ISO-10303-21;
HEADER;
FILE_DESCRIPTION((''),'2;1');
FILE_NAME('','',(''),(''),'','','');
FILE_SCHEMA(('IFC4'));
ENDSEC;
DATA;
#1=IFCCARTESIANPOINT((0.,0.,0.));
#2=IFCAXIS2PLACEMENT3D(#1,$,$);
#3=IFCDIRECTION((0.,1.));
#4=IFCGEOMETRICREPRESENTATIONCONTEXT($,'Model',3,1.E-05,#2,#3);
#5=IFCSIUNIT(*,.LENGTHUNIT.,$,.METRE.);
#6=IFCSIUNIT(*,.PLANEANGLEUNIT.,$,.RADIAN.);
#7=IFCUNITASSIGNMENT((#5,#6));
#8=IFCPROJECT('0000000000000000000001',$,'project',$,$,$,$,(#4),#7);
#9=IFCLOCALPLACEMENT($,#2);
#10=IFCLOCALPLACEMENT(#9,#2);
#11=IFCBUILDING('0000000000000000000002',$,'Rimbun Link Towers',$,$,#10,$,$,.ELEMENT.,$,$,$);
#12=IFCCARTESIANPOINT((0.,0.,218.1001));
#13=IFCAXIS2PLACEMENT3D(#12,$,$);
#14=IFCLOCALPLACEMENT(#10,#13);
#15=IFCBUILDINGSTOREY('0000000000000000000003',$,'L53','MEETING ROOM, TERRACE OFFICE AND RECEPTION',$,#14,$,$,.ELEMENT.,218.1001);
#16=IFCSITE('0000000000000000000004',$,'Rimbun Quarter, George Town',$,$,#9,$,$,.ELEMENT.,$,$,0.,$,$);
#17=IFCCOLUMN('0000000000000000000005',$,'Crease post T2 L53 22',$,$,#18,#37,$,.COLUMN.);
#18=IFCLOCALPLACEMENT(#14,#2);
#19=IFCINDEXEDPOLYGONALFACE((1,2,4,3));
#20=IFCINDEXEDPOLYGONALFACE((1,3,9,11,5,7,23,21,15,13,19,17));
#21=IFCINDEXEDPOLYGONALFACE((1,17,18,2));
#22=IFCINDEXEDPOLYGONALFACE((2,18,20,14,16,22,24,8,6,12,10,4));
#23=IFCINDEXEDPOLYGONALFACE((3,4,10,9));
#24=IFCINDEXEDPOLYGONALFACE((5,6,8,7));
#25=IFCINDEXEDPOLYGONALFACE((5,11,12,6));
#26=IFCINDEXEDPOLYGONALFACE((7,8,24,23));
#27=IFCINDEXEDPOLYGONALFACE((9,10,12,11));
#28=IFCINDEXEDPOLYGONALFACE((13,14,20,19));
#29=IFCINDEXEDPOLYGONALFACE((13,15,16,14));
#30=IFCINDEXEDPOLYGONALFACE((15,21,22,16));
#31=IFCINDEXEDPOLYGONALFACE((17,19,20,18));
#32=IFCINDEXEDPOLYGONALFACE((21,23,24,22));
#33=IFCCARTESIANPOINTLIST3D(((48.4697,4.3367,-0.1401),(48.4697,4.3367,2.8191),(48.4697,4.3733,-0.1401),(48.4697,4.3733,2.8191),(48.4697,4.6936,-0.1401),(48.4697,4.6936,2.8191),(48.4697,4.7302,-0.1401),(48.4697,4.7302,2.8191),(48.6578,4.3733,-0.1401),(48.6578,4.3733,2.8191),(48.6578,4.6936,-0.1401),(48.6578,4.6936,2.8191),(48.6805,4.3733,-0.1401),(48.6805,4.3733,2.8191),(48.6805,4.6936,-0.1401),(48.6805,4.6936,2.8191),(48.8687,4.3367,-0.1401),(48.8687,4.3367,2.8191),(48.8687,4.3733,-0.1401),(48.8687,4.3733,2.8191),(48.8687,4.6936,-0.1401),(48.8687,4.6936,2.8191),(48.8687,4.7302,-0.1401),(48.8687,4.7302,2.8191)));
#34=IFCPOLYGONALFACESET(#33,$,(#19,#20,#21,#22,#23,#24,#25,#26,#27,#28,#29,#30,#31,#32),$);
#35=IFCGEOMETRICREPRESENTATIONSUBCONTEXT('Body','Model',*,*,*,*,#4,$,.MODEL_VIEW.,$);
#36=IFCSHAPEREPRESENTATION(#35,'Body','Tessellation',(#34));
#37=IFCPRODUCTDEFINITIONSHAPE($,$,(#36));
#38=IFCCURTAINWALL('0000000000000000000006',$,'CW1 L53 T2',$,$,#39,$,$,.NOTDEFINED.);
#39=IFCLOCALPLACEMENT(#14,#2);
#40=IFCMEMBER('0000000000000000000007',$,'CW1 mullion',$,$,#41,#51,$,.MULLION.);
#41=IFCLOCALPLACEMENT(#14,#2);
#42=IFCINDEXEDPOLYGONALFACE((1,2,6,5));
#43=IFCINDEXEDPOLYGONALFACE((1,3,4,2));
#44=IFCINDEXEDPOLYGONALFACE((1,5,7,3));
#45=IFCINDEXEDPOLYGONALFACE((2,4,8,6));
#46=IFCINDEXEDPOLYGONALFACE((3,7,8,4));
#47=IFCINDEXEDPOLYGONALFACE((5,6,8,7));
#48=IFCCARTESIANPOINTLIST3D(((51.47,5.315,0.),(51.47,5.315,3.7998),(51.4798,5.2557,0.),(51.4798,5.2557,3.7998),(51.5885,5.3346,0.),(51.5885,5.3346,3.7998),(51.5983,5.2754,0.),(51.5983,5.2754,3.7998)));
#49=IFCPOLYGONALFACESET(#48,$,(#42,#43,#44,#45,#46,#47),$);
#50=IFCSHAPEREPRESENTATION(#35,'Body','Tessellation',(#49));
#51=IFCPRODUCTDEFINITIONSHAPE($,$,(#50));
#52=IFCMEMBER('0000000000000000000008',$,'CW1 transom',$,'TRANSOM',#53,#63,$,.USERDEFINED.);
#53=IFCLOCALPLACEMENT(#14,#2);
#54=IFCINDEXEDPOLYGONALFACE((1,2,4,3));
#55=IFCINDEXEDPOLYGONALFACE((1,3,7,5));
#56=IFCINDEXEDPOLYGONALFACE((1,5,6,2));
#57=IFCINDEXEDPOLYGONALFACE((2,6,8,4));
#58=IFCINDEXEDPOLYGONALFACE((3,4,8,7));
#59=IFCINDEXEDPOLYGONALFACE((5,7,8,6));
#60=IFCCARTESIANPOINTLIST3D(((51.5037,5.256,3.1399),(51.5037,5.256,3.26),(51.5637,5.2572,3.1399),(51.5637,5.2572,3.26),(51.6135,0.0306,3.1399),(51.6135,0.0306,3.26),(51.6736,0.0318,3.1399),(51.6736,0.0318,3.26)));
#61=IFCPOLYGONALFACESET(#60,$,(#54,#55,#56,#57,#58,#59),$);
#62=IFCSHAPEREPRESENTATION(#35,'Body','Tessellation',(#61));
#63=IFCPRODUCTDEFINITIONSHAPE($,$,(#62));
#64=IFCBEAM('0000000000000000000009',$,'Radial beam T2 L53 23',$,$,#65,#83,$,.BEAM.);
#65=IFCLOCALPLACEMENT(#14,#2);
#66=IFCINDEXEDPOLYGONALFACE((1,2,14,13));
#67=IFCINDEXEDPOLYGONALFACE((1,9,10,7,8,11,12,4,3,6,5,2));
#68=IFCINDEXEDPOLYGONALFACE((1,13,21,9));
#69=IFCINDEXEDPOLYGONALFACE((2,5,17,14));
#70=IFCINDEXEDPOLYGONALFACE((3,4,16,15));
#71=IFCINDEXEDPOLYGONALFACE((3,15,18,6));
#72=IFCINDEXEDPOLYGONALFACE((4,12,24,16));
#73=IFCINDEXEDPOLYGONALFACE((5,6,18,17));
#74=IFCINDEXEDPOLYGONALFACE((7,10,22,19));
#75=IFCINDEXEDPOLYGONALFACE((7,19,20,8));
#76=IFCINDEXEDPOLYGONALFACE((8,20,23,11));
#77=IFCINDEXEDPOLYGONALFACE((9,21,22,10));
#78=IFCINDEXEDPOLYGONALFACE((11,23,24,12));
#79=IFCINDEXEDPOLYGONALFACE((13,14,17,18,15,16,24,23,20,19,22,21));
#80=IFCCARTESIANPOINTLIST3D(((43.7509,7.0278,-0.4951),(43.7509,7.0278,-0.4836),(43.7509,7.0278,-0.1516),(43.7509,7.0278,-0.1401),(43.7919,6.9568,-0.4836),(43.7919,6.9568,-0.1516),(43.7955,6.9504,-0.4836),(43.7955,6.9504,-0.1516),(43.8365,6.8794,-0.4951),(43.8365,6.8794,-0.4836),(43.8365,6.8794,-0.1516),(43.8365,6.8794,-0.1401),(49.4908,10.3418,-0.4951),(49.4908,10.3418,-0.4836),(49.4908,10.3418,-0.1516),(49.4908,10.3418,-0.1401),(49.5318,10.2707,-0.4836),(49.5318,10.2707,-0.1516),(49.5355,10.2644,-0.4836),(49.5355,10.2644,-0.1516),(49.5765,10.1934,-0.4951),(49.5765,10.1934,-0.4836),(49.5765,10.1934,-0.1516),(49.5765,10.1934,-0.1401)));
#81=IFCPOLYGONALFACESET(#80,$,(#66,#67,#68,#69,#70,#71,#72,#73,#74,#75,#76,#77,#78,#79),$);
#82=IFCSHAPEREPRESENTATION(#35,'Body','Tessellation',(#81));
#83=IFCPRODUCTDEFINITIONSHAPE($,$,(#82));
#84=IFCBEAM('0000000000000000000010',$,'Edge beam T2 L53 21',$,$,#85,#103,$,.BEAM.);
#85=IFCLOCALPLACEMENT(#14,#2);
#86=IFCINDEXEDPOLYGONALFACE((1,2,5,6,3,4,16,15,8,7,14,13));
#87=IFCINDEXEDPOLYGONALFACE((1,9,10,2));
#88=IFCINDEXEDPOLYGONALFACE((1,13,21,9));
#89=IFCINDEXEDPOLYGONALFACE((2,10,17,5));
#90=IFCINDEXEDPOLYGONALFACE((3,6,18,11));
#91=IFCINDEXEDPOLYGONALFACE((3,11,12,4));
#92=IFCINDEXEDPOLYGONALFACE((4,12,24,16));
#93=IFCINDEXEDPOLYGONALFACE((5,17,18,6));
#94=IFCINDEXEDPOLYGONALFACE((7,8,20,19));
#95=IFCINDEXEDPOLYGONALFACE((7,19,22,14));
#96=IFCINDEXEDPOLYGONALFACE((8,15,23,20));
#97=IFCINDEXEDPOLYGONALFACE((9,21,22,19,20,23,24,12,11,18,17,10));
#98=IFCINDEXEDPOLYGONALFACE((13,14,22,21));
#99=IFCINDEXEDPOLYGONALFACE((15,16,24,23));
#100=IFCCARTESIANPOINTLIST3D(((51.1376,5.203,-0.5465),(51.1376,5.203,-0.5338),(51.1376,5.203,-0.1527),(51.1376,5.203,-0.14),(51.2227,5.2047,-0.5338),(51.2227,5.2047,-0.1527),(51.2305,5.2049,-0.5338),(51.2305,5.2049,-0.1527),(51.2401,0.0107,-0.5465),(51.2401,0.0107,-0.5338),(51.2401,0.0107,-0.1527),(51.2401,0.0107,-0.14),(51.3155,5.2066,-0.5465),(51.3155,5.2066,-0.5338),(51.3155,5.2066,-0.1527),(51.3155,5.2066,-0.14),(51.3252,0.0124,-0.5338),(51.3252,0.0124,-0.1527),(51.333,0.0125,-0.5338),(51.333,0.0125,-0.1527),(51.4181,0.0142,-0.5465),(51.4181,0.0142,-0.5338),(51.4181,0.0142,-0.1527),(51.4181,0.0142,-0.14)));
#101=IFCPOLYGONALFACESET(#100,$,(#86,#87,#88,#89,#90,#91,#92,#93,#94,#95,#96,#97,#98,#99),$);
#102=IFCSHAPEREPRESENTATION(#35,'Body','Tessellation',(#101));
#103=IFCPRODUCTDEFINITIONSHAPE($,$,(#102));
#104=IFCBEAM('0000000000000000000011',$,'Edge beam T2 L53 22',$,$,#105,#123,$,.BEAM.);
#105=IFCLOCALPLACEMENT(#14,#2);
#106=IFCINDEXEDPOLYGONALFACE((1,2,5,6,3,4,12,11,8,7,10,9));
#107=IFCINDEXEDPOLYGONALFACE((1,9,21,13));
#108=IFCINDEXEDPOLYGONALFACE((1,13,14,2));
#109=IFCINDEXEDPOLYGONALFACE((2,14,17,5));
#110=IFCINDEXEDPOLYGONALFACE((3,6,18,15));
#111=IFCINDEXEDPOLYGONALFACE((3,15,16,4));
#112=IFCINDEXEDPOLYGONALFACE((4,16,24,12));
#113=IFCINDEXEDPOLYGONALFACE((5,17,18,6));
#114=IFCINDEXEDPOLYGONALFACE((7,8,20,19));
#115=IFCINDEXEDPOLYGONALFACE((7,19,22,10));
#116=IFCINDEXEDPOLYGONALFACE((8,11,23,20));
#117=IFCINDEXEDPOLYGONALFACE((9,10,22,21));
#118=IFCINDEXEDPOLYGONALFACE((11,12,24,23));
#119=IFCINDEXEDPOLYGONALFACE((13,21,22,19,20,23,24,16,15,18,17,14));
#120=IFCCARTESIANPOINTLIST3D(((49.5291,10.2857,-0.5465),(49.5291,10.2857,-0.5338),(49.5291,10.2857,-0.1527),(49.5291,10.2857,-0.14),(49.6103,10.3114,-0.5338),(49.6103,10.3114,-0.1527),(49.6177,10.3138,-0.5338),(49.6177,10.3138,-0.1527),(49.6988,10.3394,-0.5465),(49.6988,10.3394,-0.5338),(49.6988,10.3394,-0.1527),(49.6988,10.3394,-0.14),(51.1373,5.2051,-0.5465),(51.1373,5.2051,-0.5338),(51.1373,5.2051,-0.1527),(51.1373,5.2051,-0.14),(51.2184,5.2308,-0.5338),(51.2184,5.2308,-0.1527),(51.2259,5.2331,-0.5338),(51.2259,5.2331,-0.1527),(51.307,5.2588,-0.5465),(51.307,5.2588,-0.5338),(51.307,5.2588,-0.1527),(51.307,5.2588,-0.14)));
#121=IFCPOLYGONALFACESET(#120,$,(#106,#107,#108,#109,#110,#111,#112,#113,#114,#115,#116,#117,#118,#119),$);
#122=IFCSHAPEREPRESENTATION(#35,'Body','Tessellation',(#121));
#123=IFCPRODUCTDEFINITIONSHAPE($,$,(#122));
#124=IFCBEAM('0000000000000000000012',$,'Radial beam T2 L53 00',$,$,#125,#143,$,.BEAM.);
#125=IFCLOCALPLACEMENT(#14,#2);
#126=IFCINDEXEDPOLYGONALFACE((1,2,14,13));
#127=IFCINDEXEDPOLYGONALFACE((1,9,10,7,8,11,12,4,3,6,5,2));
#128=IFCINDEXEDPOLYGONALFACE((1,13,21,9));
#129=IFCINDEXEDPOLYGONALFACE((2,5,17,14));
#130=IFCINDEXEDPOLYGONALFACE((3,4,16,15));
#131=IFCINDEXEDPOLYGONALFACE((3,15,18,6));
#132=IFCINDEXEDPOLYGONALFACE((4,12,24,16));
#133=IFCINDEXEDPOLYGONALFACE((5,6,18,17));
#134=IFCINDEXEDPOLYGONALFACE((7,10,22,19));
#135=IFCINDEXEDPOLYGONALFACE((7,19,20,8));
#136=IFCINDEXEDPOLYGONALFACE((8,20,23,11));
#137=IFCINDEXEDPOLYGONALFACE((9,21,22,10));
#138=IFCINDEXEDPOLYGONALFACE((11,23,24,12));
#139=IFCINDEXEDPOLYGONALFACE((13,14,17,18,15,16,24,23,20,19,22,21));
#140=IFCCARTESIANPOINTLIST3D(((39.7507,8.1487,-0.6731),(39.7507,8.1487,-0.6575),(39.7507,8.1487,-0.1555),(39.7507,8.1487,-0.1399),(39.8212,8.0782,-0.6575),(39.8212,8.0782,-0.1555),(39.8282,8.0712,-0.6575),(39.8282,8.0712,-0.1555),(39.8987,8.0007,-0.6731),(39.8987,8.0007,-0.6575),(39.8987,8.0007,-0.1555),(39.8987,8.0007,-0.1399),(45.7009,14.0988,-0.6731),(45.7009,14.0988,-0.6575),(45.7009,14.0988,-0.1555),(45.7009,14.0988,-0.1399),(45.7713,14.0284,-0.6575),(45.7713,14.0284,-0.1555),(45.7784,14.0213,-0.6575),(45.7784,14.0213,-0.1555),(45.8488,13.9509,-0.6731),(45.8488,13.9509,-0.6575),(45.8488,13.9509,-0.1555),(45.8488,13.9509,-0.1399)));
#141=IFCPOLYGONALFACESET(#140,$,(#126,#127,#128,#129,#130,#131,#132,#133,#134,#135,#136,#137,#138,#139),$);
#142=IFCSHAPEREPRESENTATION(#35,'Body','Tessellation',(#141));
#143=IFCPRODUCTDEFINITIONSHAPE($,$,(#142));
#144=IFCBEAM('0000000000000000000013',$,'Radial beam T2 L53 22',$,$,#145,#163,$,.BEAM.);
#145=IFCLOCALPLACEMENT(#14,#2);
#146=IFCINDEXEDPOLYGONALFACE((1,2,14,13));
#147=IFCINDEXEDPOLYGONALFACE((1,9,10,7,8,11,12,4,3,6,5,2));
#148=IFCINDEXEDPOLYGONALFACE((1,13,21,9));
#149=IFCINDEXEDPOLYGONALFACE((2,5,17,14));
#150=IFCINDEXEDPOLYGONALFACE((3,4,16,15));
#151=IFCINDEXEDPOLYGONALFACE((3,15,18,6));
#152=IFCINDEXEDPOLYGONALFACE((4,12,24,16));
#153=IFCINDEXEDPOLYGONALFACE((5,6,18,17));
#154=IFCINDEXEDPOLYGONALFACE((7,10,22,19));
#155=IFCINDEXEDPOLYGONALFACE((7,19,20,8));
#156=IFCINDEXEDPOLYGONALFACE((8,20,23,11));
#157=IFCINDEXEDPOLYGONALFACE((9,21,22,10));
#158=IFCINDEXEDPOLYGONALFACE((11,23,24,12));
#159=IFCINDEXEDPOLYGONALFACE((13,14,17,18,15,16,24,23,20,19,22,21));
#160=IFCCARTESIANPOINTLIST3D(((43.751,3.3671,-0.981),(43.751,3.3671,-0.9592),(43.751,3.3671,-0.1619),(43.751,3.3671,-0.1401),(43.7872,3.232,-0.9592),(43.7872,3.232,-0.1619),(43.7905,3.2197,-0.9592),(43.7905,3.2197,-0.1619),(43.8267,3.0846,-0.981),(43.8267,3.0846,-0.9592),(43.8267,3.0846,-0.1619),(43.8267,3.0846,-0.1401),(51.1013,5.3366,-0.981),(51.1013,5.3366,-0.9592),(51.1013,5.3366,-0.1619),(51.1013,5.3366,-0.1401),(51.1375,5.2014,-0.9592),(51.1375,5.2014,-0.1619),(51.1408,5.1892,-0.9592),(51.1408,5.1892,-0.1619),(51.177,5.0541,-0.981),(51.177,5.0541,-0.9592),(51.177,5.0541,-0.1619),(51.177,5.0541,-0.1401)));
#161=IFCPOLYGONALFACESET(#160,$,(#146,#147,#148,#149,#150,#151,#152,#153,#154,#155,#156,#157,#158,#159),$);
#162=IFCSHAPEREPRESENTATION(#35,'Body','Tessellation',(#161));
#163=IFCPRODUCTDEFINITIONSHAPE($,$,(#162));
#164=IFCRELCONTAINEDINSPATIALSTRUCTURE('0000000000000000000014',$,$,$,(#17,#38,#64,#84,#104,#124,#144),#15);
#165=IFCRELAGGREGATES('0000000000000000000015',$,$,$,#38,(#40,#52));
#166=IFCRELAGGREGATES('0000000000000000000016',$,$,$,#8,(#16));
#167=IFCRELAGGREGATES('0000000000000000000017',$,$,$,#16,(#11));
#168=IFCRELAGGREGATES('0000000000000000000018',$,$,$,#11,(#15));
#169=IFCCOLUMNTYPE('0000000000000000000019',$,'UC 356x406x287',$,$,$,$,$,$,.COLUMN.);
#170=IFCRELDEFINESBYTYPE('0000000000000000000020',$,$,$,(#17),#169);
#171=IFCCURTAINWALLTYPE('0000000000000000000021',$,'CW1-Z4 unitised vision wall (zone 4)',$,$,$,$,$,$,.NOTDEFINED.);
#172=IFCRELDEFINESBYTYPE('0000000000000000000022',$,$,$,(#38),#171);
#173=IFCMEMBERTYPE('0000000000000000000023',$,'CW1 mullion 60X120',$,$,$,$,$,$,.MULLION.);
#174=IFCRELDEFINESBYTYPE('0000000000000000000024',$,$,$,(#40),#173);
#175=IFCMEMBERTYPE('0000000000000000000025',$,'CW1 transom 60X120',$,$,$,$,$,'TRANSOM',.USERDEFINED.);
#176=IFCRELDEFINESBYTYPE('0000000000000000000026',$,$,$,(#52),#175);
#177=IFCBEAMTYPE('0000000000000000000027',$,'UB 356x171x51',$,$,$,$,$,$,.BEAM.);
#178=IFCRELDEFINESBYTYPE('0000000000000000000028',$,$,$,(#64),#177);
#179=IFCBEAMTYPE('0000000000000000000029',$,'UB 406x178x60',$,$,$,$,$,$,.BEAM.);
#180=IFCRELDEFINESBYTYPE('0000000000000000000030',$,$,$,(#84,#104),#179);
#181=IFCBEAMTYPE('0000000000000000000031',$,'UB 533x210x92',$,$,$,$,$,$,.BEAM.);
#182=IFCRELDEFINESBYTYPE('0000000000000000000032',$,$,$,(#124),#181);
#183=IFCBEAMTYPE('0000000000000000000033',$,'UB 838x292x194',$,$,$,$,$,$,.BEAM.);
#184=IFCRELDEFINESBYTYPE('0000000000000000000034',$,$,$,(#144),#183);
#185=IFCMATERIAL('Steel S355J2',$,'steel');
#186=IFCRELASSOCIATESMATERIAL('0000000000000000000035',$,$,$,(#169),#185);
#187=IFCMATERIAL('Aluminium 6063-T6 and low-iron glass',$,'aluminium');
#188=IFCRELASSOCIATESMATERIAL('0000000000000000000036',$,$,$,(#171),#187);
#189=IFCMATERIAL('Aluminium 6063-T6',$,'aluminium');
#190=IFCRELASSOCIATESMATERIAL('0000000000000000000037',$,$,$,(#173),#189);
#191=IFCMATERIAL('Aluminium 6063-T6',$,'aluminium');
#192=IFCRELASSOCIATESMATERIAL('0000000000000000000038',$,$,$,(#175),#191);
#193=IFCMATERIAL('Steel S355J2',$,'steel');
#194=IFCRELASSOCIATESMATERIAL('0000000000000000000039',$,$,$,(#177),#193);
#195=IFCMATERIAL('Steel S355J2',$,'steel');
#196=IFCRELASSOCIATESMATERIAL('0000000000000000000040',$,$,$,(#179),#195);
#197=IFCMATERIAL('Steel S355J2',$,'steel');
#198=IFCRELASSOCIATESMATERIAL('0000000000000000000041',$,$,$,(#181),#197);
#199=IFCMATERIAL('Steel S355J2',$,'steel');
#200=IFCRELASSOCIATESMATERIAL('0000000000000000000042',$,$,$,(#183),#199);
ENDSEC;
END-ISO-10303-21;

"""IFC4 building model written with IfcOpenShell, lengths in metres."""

from ifc_helpers import new_model, si_unit, direction, frame, origin, origin_2d, place, context, subcontext, project, spatial, rectangle, i_section, extrude, material, material_profile, profile_set, type_object, element, aggregate, save


model = new_model("IFC4")

# Units and contexts
model_context = context("Model", 3, precision=1e-05, world=origin(), true_north=direction((0.0, 1.0)))
body_context = subcontext(model_context, "Body", "Model", "MODEL_VIEW")
ifc_project = project(units=[si_unit("LENGTHUNIT", "METRE"), si_unit("PLANEANGLEUNIT", "RADIAN")], contexts=[model_context])

# Site, building, storey
site_placement = place(None, origin())
site = spatial("IfcSite", under=ifc_project, at=site_placement, Name="Rimbun Quarter, George Town", CompositionType="ELEMENT", RefElevation=0.0)
building_placement = place(site_placement, origin())
building = spatial("IfcBuilding", under=site, at=building_placement, Name="Rimbun Link Towers", CompositionType="ELEMENT")
storey_placement = place(building_placement, frame((0.0, 0.0, 218.1001)))
storey = spatial("IfcBuildingStorey", under=building, at=storey_placement, Name="L53", Description="MEETING ROOM, TERRACE OFFICE AND RECEPTION", CompositionType="ELEMENT", Elevation=218.1001)

# Column
ifc_material_1 = material(Name="Steel S355J2", Category="steel")
ifc_material_profile_1 = material_profile(ifc_material_1, i_section(OverallWidth=0.3989, OverallDepth=0.3936, WebThickness=0.0227, FlangeThickness=0.0366, at=origin_2d()), Name="UC 356x406x287")
ifc_profile_set_1 = profile_set([ifc_material_profile_1], Name="Steel S355J2")
column_type = type_object("IfcColumnType", Name="UC 356x406x287", PredefinedType="COLUMN", material=ifc_profile_set_1)
column_placement = place(storey_placement, frame((48.6692, 4.5334, -0.1401), z_axis=(0.0, 0.0, 1.0), x_axis=(1.0, 0.0, 0.0)))
element("IfcColumn", 1, at=column_placement, inside=storey, type_object=column_type, Name="Crease post T2 L53 22", PredefinedType="COLUMN", context=body_context, shape_type="SweptSolid", body=[
    extrude(i_section(OverallWidth=0.3989, OverallDepth=0.3936, WebThickness=0.0227, FlangeThickness=0.0366, at=origin_2d()), origin(), (0.0, 0.0, 1.0), 2.9592),
])

# Curtain wall, members
ifc_material_2 = material(Name="Aluminium 6063-T6 and low-iron glass", Category="aluminium")
curtain_wall_type = type_object("IfcCurtainWallType", Name="CW1-Z4 unitised vision wall (zone 4)", PredefinedType="NOTDEFINED", material=ifc_material_2)
curtain_wall_placement = place(storey_placement, origin())
curtain_wall = element("IfcCurtainWall", 2, at=curtain_wall_placement, inside=storey, type_object=curtain_wall_type, Name="CW1 L53 T2", PredefinedType="NOTDEFINED")
ifc_material_3 = material(Name="Aluminium 6063-T6", Category="aluminium")
ifc_material_profile_2 = material_profile(ifc_material_3, rectangle(XDim=0.1201, YDim=0.0601, at=origin_2d()), Name="MULLION 60X120")
ifc_profile_set_2 = profile_set([ifc_material_profile_2], Name="Aluminium 6063-T6")
member_type_1 = type_object("IfcMemberType", Name="CW1 mullion 60X120", PredefinedType="MULLION", material=ifc_profile_set_2)
member_1_placement = place(storey_placement, frame((51.5342, 5.2952, 0.0), z_axis=(0.0, 0.0, 1.0), x_axis=(0.986503, 0.163742, 0.0)))
member_1 = element("IfcMember", 3, at=member_1_placement, type_object=member_type_1, Name="CW1 mullion", PredefinedType="MULLION", context=body_context, shape_type="SweptSolid", body=[
    extrude(rectangle(XDim=0.1201, YDim=0.0601, at=origin_2d()), origin(), (0.0, 0.0, 1.0), 3.7998),
])
ifc_material_4 = material(Name="Aluminium 6063-T6", Category="aluminium")
ifc_material_profile_3 = material_profile(ifc_material_4, rectangle(XDim=0.0601, YDim=0.1201, at=origin_2d()), Name="TRANSOM 60X120")
ifc_profile_set_3 = profile_set([ifc_material_profile_3], Name="Aluminium 6063-T6")
member_type_2 = type_object("IfcMemberType", Name="CW1 transom 60X120", ElementType="TRANSOM", PredefinedType="USERDEFINED", material=ifc_profile_set_3)
member_2_placement = place(storey_placement, frame((51.5337, 5.2566, 3.2), z_axis=(0.02102, -0.999779, 0.0), x_axis=(0.999779, 0.02102, 0.0)))
member_2 = element("IfcMember", 4, at=member_2_placement, type_object=member_type_2, Name="CW1 transom", ObjectType="TRANSOM", PredefinedType="USERDEFINED", context=body_context, shape_type="SweptSolid", body=[
    extrude(rectangle(XDim=0.0601, YDim=0.1201, at=origin_2d()), origin(), (0.0, 0.0, 1.0), 5.2266),
])

# Beams
ifc_material_5 = material(Name="Steel S355J2", Category="steel")
ifc_material_profile_4 = material_profile(ifc_material_5, i_section(OverallWidth=0.1714, OverallDepth=0.355, WebThickness=0.0073, FlangeThickness=0.0115, at=origin_2d()), Name="UB 356x171x51")
ifc_profile_set_4 = profile_set([ifc_material_profile_4], Name="Steel S355J2")
beam_type_1 = type_object("IfcBeamType", Name="UB 356x171x51", PredefinedType="BEAM", material=ifc_profile_set_4)
beam_1_placement = place(storey_placement, frame((43.7937, 6.9536, -0.3176), z_axis=(0.866027, 0.499998, 0.0), x_axis=(-0.499998, 0.866027, 0.0)))
element("IfcBeam", 5, at=beam_1_placement, inside=storey, type_object=beam_type_1, Name="Radial beam T2 L53 23", PredefinedType="BEAM", context=body_context, shape_type="SweptSolid", body=[
    extrude(i_section(OverallWidth=0.1714, OverallDepth=0.355, WebThickness=0.0073, FlangeThickness=0.0115, at=origin_2d()), origin(), (0.0, 0.0, 1.0), 6.6279),
])
ifc_material_6 = material(Name="Steel S355J2", Category="steel")
ifc_material_profile_5 = material_profile(ifc_material_6, i_section(OverallWidth=0.178, OverallDepth=0.4065, WebThickness=0.0078, FlangeThickness=0.0127, at=origin_2d()), Name="UB 406x178x60")
ifc_profile_set_5 = profile_set([ifc_material_profile_5], Name="Steel S355J2")
beam_type_2 = type_object("IfcBeamType", Name="UB 406x178x60", PredefinedType="BEAM", material=ifc_profile_set_5)
beam_2_placement = place(storey_placement, frame((51.3291, 0.0125, -0.3433), z_axis=(-0.019744, 0.999805, 0.0), x_axis=(-0.999805, -0.019744, 0.0)))
element("IfcBeam", 6, at=beam_2_placement, inside=storey, type_object=beam_type_2, Name="Edge beam T2 L53 21", PredefinedType="BEAM", context=body_context, shape_type="SweptSolid", body=[
    extrude(i_section(OverallWidth=0.178, OverallDepth=0.4065, WebThickness=0.0078, FlangeThickness=0.0127, at=origin_2d()), origin(), (0.0, 0.0, 1.0), 5.1934),
])
beam_3_placement = place(storey_placement, frame((51.2222, 5.2319, -0.3433), z_axis=(-0.301774, 0.95338, 0.0), x_axis=(-0.95338, -0.301774, 0.0)))
element("IfcBeam", 7, at=beam_3_placement, inside=storey, type_object=beam_type_2, Name="Edge beam T2 L53 22", PredefinedType="BEAM", context=body_context, shape_type="SweptSolid", body=[
    extrude(i_section(OverallWidth=0.178, OverallDepth=0.4065, WebThickness=0.0078, FlangeThickness=0.0127, at=origin_2d()), origin(), (0.0, 0.0, 1.0), 5.3291),
])
ifc_material_7 = material(Name="Steel S355J2", Category="steel")
ifc_material_profile_6 = material_profile(ifc_material_7, i_section(OverallWidth=0.2092, OverallDepth=0.5332, WebThickness=0.01, FlangeThickness=0.0156, at=origin_2d()), Name="UB 533x210x92")
ifc_profile_set_6 = profile_set([ifc_material_profile_6], Name="Steel S355J2")
beam_type_3 = type_object("IfcBeamType", Name="UB 533x210x92", PredefinedType="BEAM", material=ifc_profile_set_6)
beam_4_placement = place(storey_placement, frame((39.8247, 8.0747, -0.4065), z_axis=(0.707107, 0.707107, 0.0), x_axis=(-0.707107, 0.707107, 0.0)))
element("IfcBeam", 8, at=beam_4_placement, inside=storey, type_object=beam_type_3, Name="Radial beam T2 L53 00", PredefinedType="BEAM", context=body_context, shape_type="SweptSolid", body=[
    extrude(i_section(OverallWidth=0.2092, OverallDepth=0.5332, WebThickness=0.01, FlangeThickness=0.0156, at=origin_2d()), origin(), (0.0, 0.0, 1.0), 8.4148),
])
ifc_material_8 = material(Name="Steel S355J2", Category="steel")
ifc_material_profile_7 = material_profile(ifc_material_8, i_section(OverallWidth=0.2925, OverallDepth=0.8408, WebThickness=0.0127, FlangeThickness=0.0217, at=origin_2d()), Name="UB 838x292x194")
ifc_profile_set_7 = profile_set([ifc_material_profile_7], Name="Steel S355J2")
beam_type_4 = type_object("IfcBeamType", Name="UB 838x292x194", PredefinedType="BEAM", material=ifc_profile_set_7)
beam_5_placement = place(storey_placement, frame((43.7888, 3.2258, -0.5605), z_axis=(0.965927, 0.258815, 0.0), x_axis=(-0.258815, 0.965927, 0.0)))
element("IfcBeam", 9, at=beam_5_placement, inside=storey, type_object=beam_type_4, Name="Radial beam T2 L53 22", PredefinedType="BEAM", context=body_context, shape_type="SweptSolid", body=[
    extrude(i_section(OverallWidth=0.2925, OverallDepth=0.8408, WebThickness=0.0127, FlangeThickness=0.0217, at=origin_2d()), origin(), (0.0, 0.0, 1.0), 7.6096),
])

aggregate(curtain_wall, [member_1, member_2])

save(model, "model.ifc")
